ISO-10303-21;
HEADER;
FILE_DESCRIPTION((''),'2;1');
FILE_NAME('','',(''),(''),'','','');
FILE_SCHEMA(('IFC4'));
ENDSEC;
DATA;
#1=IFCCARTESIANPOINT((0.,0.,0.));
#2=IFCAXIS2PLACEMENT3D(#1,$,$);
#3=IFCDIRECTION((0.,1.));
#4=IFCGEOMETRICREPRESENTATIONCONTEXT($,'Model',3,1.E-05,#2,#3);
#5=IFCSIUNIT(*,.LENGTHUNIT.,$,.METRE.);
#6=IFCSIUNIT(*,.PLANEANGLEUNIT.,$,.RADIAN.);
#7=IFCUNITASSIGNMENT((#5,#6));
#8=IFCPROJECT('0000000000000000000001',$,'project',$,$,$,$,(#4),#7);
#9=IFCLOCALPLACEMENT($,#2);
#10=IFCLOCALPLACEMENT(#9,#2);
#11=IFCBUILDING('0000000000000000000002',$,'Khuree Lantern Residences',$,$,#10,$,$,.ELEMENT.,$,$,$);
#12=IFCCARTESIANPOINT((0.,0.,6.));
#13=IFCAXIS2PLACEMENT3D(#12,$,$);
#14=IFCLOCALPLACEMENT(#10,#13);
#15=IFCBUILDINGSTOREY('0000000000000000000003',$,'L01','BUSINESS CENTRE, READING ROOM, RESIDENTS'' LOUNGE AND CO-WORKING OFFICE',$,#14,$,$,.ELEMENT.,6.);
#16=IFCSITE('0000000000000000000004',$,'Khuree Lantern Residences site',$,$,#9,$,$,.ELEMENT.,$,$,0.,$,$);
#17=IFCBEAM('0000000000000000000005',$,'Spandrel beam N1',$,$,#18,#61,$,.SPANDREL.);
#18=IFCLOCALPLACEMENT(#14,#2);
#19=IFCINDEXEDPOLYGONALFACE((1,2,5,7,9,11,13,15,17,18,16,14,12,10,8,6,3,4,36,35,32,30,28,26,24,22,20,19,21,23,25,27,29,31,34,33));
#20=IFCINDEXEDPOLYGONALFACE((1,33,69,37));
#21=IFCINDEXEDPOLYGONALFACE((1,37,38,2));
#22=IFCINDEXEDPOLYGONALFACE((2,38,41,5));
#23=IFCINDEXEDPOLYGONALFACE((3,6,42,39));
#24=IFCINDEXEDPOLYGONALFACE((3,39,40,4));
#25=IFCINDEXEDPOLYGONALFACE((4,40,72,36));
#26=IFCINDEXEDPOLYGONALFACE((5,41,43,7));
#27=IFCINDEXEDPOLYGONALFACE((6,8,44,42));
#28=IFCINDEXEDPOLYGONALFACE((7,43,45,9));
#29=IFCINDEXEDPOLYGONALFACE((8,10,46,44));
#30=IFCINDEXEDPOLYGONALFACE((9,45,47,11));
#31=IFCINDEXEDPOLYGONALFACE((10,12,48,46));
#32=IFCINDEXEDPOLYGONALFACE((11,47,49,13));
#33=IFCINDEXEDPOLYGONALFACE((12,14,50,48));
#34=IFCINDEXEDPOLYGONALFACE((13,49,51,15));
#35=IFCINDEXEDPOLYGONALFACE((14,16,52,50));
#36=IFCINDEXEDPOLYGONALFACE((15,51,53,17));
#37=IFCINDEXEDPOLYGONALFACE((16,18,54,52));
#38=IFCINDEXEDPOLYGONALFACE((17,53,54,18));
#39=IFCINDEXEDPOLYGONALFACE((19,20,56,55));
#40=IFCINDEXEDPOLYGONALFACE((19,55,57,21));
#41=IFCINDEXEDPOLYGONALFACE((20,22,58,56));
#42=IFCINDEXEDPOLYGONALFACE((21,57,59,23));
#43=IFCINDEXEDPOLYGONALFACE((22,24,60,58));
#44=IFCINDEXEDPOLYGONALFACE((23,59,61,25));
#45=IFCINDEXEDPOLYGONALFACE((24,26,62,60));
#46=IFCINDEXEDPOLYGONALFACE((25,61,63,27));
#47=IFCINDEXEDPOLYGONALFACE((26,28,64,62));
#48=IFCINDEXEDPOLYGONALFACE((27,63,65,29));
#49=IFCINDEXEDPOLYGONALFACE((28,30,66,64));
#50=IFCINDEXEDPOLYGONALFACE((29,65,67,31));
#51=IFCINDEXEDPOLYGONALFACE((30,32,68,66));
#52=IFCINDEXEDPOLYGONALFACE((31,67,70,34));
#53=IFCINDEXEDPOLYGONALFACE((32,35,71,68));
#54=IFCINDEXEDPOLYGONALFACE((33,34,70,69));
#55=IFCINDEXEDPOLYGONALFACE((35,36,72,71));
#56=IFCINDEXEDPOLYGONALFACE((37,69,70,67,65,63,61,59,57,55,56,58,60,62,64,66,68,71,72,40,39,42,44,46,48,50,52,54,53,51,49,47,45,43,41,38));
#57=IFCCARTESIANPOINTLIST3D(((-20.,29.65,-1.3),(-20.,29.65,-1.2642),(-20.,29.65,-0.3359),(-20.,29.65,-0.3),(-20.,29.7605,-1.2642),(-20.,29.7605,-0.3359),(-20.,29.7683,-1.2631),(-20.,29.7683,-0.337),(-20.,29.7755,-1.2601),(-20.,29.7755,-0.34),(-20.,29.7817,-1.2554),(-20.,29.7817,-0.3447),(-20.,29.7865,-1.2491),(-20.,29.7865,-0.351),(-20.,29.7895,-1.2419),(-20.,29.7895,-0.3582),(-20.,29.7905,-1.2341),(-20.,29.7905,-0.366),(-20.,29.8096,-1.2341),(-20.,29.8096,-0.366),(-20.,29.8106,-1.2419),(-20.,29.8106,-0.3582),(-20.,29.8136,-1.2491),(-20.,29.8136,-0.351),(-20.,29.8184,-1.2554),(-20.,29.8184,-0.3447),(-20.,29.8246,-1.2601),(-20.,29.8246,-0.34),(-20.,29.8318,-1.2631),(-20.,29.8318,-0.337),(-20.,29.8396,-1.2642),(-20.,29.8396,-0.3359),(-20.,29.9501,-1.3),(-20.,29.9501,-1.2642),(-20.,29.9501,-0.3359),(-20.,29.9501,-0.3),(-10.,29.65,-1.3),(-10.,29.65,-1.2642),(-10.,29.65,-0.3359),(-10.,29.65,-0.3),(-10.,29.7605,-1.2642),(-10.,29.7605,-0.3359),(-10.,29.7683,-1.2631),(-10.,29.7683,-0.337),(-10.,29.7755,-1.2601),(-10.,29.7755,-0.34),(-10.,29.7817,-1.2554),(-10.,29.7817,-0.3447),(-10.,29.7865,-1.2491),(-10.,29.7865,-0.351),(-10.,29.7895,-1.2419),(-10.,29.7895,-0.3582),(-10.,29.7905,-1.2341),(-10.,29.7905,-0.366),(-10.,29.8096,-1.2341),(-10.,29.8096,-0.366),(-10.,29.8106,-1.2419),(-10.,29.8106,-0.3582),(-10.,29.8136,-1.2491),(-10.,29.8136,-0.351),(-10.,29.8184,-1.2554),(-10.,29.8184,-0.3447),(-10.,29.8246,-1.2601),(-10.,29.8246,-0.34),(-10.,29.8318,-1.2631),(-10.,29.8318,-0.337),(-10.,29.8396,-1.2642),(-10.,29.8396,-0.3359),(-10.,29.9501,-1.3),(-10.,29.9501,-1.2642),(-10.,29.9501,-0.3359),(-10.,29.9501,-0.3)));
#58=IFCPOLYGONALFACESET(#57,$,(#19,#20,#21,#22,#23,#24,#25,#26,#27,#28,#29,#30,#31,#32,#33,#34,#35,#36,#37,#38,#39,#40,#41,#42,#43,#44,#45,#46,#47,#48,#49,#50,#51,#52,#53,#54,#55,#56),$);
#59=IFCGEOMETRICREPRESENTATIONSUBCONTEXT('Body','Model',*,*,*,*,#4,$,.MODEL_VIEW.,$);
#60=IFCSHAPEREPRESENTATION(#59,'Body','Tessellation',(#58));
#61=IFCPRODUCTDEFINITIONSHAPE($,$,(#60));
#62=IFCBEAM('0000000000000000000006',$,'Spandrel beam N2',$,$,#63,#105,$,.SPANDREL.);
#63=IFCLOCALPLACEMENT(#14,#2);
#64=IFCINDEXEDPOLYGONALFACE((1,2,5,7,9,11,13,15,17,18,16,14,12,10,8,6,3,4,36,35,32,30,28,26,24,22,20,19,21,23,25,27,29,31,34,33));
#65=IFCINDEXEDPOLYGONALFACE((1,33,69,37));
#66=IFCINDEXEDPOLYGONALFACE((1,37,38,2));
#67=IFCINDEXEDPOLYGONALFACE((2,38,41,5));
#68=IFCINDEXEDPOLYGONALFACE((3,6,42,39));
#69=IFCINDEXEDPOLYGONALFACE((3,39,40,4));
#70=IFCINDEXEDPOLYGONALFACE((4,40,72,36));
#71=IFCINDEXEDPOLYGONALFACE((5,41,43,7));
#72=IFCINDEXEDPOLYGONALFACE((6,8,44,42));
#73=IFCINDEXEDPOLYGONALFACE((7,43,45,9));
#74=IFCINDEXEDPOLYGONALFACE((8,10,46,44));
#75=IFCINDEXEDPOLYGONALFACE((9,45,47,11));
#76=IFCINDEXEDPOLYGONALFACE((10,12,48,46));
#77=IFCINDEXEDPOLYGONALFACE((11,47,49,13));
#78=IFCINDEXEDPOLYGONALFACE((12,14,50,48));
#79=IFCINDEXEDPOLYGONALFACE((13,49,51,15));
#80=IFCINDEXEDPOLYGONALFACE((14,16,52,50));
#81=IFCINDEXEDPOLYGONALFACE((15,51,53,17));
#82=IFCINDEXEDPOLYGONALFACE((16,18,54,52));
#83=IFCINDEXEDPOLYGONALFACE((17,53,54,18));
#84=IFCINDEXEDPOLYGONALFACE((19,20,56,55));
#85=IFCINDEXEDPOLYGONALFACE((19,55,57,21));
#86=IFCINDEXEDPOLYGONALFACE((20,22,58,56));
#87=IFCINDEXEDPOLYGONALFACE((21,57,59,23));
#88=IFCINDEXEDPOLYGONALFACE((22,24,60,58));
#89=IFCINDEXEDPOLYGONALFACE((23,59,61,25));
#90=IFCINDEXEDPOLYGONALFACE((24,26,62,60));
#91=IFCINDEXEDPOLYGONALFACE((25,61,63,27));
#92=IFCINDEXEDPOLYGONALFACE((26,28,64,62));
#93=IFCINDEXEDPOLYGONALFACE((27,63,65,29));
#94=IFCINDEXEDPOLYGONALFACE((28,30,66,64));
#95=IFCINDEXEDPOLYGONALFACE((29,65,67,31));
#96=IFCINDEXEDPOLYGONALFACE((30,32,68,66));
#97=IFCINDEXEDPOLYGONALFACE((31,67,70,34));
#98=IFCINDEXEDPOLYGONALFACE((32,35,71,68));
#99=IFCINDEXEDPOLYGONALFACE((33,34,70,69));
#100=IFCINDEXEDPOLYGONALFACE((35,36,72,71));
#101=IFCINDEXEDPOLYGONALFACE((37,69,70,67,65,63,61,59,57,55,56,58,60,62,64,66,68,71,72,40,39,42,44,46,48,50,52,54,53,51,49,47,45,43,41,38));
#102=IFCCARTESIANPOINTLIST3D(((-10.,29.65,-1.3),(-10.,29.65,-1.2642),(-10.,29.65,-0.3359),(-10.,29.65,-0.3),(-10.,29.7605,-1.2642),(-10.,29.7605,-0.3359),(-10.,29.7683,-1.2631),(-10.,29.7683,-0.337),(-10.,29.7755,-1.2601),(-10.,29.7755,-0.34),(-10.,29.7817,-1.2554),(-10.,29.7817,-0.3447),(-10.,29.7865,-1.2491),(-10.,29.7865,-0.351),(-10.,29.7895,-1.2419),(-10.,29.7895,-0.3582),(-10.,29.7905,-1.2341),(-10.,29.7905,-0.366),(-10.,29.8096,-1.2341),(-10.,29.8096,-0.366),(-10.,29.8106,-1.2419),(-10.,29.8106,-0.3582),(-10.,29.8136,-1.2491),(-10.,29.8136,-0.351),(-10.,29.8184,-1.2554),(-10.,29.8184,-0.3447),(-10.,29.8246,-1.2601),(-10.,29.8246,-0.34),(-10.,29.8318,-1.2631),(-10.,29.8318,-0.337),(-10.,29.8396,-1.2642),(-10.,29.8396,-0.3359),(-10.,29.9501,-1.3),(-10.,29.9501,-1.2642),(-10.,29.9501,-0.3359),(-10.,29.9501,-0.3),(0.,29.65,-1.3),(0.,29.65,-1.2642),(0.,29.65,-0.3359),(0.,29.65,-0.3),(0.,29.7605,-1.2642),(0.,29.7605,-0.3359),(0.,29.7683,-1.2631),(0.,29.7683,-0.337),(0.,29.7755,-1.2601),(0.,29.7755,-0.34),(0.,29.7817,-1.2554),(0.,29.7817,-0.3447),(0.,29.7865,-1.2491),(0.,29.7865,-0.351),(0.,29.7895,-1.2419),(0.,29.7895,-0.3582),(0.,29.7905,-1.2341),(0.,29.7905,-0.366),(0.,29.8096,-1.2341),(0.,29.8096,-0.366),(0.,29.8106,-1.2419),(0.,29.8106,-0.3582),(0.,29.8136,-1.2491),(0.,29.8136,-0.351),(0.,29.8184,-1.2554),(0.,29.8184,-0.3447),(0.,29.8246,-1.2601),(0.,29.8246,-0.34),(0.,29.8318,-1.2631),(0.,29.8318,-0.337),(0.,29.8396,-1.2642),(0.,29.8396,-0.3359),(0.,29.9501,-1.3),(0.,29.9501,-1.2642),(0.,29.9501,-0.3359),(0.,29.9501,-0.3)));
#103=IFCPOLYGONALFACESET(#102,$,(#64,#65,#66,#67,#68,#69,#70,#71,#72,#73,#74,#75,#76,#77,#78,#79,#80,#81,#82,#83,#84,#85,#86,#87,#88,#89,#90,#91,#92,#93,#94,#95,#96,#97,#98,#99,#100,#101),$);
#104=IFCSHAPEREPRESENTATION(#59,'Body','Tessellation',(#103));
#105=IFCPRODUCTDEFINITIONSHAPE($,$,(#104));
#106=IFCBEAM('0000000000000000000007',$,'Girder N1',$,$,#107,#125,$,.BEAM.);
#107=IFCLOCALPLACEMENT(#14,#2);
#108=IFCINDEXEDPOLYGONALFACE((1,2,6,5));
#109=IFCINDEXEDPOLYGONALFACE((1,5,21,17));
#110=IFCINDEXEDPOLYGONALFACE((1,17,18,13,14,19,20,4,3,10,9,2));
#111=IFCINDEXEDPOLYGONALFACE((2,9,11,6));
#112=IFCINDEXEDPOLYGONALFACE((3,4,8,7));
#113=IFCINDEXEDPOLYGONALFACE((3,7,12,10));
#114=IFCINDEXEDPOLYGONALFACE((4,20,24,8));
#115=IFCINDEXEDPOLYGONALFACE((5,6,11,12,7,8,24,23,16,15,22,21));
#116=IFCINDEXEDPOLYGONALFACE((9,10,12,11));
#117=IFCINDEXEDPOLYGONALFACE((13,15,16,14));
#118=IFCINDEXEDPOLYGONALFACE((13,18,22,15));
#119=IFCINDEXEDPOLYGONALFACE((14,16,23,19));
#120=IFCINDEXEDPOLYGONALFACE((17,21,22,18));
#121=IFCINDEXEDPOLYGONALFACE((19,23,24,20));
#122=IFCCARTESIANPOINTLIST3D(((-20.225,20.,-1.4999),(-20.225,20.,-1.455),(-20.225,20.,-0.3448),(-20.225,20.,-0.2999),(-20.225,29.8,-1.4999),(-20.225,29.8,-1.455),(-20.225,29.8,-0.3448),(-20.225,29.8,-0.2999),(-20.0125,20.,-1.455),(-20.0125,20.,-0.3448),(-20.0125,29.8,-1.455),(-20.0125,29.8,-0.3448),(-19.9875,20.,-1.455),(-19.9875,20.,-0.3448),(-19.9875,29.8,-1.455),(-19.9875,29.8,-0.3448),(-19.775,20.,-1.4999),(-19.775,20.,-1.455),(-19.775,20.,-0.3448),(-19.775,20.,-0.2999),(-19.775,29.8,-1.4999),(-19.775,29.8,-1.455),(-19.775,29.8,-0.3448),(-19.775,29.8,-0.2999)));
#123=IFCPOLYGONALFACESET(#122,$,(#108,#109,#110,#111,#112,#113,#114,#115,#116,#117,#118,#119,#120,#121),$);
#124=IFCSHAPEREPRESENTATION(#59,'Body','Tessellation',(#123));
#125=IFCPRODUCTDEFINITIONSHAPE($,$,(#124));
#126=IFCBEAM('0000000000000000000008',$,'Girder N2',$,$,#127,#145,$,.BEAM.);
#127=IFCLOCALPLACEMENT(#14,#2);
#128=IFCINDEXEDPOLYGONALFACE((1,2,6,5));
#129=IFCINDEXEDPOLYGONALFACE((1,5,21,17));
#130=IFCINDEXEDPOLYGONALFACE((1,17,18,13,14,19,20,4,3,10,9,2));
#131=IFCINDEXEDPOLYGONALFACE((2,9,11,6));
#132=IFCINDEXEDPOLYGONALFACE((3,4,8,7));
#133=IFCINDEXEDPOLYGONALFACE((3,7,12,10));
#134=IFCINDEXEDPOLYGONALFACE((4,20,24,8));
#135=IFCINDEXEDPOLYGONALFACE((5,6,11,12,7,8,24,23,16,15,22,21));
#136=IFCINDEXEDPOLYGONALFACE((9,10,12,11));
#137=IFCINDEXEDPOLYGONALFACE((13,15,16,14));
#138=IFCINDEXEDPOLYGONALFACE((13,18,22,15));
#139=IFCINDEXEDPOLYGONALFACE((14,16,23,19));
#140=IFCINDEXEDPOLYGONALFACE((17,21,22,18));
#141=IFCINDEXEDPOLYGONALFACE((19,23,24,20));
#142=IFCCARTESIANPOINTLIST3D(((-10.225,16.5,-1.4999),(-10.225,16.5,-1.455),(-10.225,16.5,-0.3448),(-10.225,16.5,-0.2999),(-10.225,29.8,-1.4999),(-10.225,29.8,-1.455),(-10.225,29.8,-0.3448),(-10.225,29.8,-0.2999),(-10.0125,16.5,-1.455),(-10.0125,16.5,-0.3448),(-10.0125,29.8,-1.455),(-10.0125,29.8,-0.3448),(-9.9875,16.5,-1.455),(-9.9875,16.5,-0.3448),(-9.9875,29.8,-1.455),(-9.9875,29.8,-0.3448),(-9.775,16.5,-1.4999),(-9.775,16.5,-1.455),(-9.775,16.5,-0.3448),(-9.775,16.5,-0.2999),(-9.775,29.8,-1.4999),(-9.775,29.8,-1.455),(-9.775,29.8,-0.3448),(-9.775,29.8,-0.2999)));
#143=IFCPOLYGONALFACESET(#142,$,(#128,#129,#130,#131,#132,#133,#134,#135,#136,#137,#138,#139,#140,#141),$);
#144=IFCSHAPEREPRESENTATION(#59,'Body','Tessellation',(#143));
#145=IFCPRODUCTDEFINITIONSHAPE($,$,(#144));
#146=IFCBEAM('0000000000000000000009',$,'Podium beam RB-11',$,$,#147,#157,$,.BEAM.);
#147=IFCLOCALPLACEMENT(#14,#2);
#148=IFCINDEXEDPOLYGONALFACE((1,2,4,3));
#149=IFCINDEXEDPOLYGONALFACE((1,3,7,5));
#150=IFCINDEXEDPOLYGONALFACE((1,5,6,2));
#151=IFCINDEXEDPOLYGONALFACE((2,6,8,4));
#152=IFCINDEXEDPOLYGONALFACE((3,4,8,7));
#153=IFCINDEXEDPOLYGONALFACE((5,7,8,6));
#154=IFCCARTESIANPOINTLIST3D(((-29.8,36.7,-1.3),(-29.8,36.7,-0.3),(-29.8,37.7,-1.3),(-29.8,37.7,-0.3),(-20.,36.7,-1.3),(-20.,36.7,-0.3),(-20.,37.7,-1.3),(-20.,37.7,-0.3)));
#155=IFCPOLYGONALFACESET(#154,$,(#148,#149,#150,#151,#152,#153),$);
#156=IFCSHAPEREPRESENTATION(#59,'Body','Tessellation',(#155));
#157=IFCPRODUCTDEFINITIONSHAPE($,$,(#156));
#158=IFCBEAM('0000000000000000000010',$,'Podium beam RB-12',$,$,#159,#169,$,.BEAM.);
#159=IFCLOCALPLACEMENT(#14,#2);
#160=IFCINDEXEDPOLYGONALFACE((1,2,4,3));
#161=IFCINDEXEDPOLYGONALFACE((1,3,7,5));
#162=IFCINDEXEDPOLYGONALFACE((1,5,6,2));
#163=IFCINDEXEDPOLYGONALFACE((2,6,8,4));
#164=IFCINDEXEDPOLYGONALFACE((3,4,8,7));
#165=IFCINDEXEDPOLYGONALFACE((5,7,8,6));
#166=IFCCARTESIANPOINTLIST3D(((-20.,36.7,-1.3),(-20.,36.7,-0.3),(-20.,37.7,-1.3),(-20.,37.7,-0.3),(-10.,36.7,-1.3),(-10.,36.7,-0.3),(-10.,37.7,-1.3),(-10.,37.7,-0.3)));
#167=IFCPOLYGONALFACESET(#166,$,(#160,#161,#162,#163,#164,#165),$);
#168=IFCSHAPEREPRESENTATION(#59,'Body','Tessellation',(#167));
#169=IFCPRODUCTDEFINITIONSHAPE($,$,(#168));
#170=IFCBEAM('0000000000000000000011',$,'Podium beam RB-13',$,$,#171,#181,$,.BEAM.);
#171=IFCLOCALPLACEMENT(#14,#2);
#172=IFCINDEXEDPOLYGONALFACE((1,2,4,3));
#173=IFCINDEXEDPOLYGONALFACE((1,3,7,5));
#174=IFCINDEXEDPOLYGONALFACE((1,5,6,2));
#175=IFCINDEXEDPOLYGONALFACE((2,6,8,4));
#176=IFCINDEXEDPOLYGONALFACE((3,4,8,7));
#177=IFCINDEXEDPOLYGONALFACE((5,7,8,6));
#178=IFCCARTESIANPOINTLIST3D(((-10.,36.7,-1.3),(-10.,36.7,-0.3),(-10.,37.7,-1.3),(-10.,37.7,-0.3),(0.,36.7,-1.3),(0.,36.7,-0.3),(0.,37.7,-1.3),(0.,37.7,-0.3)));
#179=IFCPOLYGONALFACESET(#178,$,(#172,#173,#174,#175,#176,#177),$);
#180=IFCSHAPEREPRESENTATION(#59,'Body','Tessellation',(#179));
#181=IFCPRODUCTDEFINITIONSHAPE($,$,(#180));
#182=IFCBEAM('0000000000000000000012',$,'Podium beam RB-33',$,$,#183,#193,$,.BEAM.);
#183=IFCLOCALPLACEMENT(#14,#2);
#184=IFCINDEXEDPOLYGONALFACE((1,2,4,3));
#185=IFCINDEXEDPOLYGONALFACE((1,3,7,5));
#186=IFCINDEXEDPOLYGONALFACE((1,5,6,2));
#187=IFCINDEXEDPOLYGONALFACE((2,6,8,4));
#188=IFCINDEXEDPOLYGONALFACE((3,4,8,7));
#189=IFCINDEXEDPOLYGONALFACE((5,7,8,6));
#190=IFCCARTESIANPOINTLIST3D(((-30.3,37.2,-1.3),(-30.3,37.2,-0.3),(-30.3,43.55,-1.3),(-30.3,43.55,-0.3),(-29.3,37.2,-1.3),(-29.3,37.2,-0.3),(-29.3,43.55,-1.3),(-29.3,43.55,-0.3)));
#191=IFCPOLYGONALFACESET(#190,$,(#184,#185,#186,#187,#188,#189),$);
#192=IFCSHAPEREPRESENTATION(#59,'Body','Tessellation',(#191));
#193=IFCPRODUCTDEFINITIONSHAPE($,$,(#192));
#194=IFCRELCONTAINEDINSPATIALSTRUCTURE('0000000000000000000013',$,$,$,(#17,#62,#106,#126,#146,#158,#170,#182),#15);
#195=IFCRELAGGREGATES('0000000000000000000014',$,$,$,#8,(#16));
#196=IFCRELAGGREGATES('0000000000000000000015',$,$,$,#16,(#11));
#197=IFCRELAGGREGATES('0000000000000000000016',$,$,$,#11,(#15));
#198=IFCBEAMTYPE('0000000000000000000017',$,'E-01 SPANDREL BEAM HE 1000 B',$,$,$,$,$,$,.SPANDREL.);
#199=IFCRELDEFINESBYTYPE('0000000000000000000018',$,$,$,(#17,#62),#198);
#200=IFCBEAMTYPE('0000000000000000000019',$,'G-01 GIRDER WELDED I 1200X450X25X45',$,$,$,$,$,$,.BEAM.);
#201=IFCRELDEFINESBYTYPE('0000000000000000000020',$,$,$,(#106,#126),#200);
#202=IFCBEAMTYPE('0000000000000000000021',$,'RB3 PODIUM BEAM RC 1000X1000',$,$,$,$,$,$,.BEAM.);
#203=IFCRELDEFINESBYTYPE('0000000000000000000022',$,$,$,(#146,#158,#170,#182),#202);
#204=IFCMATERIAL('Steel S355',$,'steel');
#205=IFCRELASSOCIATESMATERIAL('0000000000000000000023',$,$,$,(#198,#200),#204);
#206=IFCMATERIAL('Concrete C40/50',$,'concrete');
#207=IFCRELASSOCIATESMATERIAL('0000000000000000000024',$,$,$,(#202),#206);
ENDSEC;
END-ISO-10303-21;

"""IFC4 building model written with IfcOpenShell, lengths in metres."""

from ifc_helpers import new_model, si_unit, direction, frame, origin, origin_2d, place, context, subcontext, project, spatial, rectangle, i_section, extrude, material, material_profile, profile_set, type_object, element, save


model = new_model("IFC4")

# Units and contexts
model_context = context("Model", 3, precision=1e-05, world=origin(), true_north=direction((0.0, 1.0)))
body_context = subcontext(model_context, "Body", "Model", "MODEL_VIEW")
ifc_project = project(units=[si_unit("LENGTHUNIT", "METRE"), si_unit("PLANEANGLEUNIT", "RADIAN")], contexts=[model_context])

# Site, building, storey
site_placement = place(None, origin())
site = spatial("IfcSite", under=ifc_project, at=site_placement, Name="Khuree Lantern Residences site", CompositionType="ELEMENT", RefElevation=0.0)
building_placement = place(site_placement, origin())
building = spatial("IfcBuilding", under=site, at=building_placement, Name="Khuree Lantern Residences", CompositionType="ELEMENT")
storey_placement = place(building_placement, frame((0.0, 0.0, 6.0)))
storey = spatial("IfcBuildingStorey", under=building, at=storey_placement, Name="L01", Description="BUSINESS CENTRE, READING ROOM, RESIDENTS' LOUNGE AND CO-WORKING OFFICE", CompositionType="ELEMENT", Elevation=6.0)

# Beams
ifc_material_1 = material(Name="Steel S355", Category="steel")
ifc_material_profile_1 = material_profile(ifc_material_1, i_section(OverallWidth=0.3, OverallDepth=1.0, WebThickness=0.019, FlangeThickness=0.0359, FilletRadius=0.03, at=origin_2d()), Name="HE 1000 B")
ifc_profile_set_1 = profile_set([ifc_material_profile_1], Name="Steel S355")
beam_type_1 = type_object("IfcBeamType", Name="E-01 SPANDREL BEAM HE 1000 B", PredefinedType="SPANDREL", material=ifc_profile_set_1)
for number, where, z_axis, x_axis, name in (
    (1, (-20.0, 29.8, -0.8), (1.0, 0.0, 0.0), (0.0, 1.0, 0.0), "Spandrel beam N1"),
    (2, (-10.0, 29.8, -0.8), (1.0, 0.0, 0.0), (0.0, 1.0, 0.0), "Spandrel beam N2"),
):
    element("IfcBeam", number, at=place(storey_placement, frame(where, z_axis=z_axis, x_axis=x_axis)), inside=storey, type_object=beam_type_1, Name=name, PredefinedType="SPANDREL", context=body_context, shape_type="SweptSolid", body=[
        extrude(i_section(OverallWidth=0.3, OverallDepth=1.0, WebThickness=0.019, FlangeThickness=0.0359, FilletRadius=0.03, at=origin_2d()), origin(), (0.0, 0.0, 1.0), 10.0),
    ])
ifc_material_profile_2 = material_profile(ifc_material_1, i_section(OverallWidth=0.45, OverallDepth=1.2, WebThickness=0.0249, FlangeThickness=0.0449, at=origin_2d()), Name="WELDED I 1200X450X25X45")
ifc_profile_set_2 = profile_set([ifc_material_profile_2], Name="Steel S355")
beam_type_2 = type_object("IfcBeamType", Name="G-01 GIRDER WELDED I 1200X450X25X45", PredefinedType="BEAM", material=ifc_profile_set_2)
beam_1_placement = place(storey_placement, frame((-20.0, 29.8, -0.8999), z_axis=(0.0, -1.0, 0.0), x_axis=(1.0, 0.0, 0.0)))
element("IfcBeam", 3, at=beam_1_placement, inside=storey, type_object=beam_type_2, Name="Girder N1", PredefinedType="BEAM", context=body_context, shape_type="SweptSolid", body=[
    extrude(i_section(OverallWidth=0.45, OverallDepth=1.2, WebThickness=0.0249, FlangeThickness=0.0449, at=origin_2d()), origin(), (0.0, 0.0, 1.0), 9.8),
])
beam_2_placement = place(storey_placement, frame((-10.0, 29.8, -0.8999), z_axis=(0.0, -1.0, 0.0), x_axis=(1.0, 0.0, 0.0)))
element("IfcBeam", 4, at=beam_2_placement, inside=storey, type_object=beam_type_2, Name="Girder N2", PredefinedType="BEAM", context=body_context, shape_type="SweptSolid", body=[
    extrude(i_section(OverallWidth=0.45, OverallDepth=1.2, WebThickness=0.0249, FlangeThickness=0.0449, at=origin_2d()), origin(), (0.0, 0.0, 1.0), 13.3),
])
ifc_material_2 = material(Name="Concrete C40/50", Category="concrete")
ifc_material_profile_3 = material_profile(ifc_material_2, rectangle(XDim=1.0, YDim=1.0, at=origin_2d()), Name="RC 1000X1000")
ifc_profile_set_3 = profile_set([ifc_material_profile_3], Name="Concrete C40/50")
beam_type_3 = type_object("IfcBeamType", Name="RB3 PODIUM BEAM RC 1000X1000", PredefinedType="BEAM", material=ifc_profile_set_3)
beam_3_placement = place(storey_placement, frame((-29.8, 37.2, -0.8), z_axis=(1.0, 0.0, 0.0), x_axis=(0.0, 1.0, 0.0)))
element("IfcBeam", 5, at=beam_3_placement, inside=storey, type_object=beam_type_3, Name="Podium beam RB-11", PredefinedType="BEAM", context=body_context, shape_type="SweptSolid", body=[
    extrude(rectangle(XDim=1.0, YDim=1.0, at=origin_2d()), origin(), (0.0, 0.0, 1.0), 9.8),
])
for number, where, z_axis, x_axis, name in (
    (6, (-20.0, 37.2, -0.8), (1.0, 0.0, 0.0), (0.0, 1.0, 0.0), "Podium beam RB-12"),
    (7, (-10.0, 37.2, -0.8), (1.0, 0.0, 0.0), (0.0, 1.0, 0.0), "Podium beam RB-13"),
):
    element("IfcBeam", number, at=place(storey_placement, frame(where, z_axis=z_axis, x_axis=x_axis)), inside=storey, type_object=beam_type_3, Name=name, PredefinedType="BEAM", context=body_context, shape_type="SweptSolid", body=[
        extrude(rectangle(XDim=1.0, YDim=1.0, at=origin_2d()), origin(), (0.0, 0.0, 1.0), 10.0),
    ])
beam_4_placement = place(storey_placement, frame((-29.8, 37.2, -0.8), z_axis=(0.0, 1.0, 0.0), x_axis=(-1.0, 0.0, 0.0)))
element("IfcBeam", 8, at=beam_4_placement, inside=storey, type_object=beam_type_3, Name="Podium beam RB-33", PredefinedType="BEAM", context=body_context, shape_type="SweptSolid", body=[
    extrude(rectangle(XDim=1.0, YDim=1.0, at=origin_2d()), origin(), (0.0, 0.0, 1.0), 6.3501),
])

save(model, "model.ifc")
